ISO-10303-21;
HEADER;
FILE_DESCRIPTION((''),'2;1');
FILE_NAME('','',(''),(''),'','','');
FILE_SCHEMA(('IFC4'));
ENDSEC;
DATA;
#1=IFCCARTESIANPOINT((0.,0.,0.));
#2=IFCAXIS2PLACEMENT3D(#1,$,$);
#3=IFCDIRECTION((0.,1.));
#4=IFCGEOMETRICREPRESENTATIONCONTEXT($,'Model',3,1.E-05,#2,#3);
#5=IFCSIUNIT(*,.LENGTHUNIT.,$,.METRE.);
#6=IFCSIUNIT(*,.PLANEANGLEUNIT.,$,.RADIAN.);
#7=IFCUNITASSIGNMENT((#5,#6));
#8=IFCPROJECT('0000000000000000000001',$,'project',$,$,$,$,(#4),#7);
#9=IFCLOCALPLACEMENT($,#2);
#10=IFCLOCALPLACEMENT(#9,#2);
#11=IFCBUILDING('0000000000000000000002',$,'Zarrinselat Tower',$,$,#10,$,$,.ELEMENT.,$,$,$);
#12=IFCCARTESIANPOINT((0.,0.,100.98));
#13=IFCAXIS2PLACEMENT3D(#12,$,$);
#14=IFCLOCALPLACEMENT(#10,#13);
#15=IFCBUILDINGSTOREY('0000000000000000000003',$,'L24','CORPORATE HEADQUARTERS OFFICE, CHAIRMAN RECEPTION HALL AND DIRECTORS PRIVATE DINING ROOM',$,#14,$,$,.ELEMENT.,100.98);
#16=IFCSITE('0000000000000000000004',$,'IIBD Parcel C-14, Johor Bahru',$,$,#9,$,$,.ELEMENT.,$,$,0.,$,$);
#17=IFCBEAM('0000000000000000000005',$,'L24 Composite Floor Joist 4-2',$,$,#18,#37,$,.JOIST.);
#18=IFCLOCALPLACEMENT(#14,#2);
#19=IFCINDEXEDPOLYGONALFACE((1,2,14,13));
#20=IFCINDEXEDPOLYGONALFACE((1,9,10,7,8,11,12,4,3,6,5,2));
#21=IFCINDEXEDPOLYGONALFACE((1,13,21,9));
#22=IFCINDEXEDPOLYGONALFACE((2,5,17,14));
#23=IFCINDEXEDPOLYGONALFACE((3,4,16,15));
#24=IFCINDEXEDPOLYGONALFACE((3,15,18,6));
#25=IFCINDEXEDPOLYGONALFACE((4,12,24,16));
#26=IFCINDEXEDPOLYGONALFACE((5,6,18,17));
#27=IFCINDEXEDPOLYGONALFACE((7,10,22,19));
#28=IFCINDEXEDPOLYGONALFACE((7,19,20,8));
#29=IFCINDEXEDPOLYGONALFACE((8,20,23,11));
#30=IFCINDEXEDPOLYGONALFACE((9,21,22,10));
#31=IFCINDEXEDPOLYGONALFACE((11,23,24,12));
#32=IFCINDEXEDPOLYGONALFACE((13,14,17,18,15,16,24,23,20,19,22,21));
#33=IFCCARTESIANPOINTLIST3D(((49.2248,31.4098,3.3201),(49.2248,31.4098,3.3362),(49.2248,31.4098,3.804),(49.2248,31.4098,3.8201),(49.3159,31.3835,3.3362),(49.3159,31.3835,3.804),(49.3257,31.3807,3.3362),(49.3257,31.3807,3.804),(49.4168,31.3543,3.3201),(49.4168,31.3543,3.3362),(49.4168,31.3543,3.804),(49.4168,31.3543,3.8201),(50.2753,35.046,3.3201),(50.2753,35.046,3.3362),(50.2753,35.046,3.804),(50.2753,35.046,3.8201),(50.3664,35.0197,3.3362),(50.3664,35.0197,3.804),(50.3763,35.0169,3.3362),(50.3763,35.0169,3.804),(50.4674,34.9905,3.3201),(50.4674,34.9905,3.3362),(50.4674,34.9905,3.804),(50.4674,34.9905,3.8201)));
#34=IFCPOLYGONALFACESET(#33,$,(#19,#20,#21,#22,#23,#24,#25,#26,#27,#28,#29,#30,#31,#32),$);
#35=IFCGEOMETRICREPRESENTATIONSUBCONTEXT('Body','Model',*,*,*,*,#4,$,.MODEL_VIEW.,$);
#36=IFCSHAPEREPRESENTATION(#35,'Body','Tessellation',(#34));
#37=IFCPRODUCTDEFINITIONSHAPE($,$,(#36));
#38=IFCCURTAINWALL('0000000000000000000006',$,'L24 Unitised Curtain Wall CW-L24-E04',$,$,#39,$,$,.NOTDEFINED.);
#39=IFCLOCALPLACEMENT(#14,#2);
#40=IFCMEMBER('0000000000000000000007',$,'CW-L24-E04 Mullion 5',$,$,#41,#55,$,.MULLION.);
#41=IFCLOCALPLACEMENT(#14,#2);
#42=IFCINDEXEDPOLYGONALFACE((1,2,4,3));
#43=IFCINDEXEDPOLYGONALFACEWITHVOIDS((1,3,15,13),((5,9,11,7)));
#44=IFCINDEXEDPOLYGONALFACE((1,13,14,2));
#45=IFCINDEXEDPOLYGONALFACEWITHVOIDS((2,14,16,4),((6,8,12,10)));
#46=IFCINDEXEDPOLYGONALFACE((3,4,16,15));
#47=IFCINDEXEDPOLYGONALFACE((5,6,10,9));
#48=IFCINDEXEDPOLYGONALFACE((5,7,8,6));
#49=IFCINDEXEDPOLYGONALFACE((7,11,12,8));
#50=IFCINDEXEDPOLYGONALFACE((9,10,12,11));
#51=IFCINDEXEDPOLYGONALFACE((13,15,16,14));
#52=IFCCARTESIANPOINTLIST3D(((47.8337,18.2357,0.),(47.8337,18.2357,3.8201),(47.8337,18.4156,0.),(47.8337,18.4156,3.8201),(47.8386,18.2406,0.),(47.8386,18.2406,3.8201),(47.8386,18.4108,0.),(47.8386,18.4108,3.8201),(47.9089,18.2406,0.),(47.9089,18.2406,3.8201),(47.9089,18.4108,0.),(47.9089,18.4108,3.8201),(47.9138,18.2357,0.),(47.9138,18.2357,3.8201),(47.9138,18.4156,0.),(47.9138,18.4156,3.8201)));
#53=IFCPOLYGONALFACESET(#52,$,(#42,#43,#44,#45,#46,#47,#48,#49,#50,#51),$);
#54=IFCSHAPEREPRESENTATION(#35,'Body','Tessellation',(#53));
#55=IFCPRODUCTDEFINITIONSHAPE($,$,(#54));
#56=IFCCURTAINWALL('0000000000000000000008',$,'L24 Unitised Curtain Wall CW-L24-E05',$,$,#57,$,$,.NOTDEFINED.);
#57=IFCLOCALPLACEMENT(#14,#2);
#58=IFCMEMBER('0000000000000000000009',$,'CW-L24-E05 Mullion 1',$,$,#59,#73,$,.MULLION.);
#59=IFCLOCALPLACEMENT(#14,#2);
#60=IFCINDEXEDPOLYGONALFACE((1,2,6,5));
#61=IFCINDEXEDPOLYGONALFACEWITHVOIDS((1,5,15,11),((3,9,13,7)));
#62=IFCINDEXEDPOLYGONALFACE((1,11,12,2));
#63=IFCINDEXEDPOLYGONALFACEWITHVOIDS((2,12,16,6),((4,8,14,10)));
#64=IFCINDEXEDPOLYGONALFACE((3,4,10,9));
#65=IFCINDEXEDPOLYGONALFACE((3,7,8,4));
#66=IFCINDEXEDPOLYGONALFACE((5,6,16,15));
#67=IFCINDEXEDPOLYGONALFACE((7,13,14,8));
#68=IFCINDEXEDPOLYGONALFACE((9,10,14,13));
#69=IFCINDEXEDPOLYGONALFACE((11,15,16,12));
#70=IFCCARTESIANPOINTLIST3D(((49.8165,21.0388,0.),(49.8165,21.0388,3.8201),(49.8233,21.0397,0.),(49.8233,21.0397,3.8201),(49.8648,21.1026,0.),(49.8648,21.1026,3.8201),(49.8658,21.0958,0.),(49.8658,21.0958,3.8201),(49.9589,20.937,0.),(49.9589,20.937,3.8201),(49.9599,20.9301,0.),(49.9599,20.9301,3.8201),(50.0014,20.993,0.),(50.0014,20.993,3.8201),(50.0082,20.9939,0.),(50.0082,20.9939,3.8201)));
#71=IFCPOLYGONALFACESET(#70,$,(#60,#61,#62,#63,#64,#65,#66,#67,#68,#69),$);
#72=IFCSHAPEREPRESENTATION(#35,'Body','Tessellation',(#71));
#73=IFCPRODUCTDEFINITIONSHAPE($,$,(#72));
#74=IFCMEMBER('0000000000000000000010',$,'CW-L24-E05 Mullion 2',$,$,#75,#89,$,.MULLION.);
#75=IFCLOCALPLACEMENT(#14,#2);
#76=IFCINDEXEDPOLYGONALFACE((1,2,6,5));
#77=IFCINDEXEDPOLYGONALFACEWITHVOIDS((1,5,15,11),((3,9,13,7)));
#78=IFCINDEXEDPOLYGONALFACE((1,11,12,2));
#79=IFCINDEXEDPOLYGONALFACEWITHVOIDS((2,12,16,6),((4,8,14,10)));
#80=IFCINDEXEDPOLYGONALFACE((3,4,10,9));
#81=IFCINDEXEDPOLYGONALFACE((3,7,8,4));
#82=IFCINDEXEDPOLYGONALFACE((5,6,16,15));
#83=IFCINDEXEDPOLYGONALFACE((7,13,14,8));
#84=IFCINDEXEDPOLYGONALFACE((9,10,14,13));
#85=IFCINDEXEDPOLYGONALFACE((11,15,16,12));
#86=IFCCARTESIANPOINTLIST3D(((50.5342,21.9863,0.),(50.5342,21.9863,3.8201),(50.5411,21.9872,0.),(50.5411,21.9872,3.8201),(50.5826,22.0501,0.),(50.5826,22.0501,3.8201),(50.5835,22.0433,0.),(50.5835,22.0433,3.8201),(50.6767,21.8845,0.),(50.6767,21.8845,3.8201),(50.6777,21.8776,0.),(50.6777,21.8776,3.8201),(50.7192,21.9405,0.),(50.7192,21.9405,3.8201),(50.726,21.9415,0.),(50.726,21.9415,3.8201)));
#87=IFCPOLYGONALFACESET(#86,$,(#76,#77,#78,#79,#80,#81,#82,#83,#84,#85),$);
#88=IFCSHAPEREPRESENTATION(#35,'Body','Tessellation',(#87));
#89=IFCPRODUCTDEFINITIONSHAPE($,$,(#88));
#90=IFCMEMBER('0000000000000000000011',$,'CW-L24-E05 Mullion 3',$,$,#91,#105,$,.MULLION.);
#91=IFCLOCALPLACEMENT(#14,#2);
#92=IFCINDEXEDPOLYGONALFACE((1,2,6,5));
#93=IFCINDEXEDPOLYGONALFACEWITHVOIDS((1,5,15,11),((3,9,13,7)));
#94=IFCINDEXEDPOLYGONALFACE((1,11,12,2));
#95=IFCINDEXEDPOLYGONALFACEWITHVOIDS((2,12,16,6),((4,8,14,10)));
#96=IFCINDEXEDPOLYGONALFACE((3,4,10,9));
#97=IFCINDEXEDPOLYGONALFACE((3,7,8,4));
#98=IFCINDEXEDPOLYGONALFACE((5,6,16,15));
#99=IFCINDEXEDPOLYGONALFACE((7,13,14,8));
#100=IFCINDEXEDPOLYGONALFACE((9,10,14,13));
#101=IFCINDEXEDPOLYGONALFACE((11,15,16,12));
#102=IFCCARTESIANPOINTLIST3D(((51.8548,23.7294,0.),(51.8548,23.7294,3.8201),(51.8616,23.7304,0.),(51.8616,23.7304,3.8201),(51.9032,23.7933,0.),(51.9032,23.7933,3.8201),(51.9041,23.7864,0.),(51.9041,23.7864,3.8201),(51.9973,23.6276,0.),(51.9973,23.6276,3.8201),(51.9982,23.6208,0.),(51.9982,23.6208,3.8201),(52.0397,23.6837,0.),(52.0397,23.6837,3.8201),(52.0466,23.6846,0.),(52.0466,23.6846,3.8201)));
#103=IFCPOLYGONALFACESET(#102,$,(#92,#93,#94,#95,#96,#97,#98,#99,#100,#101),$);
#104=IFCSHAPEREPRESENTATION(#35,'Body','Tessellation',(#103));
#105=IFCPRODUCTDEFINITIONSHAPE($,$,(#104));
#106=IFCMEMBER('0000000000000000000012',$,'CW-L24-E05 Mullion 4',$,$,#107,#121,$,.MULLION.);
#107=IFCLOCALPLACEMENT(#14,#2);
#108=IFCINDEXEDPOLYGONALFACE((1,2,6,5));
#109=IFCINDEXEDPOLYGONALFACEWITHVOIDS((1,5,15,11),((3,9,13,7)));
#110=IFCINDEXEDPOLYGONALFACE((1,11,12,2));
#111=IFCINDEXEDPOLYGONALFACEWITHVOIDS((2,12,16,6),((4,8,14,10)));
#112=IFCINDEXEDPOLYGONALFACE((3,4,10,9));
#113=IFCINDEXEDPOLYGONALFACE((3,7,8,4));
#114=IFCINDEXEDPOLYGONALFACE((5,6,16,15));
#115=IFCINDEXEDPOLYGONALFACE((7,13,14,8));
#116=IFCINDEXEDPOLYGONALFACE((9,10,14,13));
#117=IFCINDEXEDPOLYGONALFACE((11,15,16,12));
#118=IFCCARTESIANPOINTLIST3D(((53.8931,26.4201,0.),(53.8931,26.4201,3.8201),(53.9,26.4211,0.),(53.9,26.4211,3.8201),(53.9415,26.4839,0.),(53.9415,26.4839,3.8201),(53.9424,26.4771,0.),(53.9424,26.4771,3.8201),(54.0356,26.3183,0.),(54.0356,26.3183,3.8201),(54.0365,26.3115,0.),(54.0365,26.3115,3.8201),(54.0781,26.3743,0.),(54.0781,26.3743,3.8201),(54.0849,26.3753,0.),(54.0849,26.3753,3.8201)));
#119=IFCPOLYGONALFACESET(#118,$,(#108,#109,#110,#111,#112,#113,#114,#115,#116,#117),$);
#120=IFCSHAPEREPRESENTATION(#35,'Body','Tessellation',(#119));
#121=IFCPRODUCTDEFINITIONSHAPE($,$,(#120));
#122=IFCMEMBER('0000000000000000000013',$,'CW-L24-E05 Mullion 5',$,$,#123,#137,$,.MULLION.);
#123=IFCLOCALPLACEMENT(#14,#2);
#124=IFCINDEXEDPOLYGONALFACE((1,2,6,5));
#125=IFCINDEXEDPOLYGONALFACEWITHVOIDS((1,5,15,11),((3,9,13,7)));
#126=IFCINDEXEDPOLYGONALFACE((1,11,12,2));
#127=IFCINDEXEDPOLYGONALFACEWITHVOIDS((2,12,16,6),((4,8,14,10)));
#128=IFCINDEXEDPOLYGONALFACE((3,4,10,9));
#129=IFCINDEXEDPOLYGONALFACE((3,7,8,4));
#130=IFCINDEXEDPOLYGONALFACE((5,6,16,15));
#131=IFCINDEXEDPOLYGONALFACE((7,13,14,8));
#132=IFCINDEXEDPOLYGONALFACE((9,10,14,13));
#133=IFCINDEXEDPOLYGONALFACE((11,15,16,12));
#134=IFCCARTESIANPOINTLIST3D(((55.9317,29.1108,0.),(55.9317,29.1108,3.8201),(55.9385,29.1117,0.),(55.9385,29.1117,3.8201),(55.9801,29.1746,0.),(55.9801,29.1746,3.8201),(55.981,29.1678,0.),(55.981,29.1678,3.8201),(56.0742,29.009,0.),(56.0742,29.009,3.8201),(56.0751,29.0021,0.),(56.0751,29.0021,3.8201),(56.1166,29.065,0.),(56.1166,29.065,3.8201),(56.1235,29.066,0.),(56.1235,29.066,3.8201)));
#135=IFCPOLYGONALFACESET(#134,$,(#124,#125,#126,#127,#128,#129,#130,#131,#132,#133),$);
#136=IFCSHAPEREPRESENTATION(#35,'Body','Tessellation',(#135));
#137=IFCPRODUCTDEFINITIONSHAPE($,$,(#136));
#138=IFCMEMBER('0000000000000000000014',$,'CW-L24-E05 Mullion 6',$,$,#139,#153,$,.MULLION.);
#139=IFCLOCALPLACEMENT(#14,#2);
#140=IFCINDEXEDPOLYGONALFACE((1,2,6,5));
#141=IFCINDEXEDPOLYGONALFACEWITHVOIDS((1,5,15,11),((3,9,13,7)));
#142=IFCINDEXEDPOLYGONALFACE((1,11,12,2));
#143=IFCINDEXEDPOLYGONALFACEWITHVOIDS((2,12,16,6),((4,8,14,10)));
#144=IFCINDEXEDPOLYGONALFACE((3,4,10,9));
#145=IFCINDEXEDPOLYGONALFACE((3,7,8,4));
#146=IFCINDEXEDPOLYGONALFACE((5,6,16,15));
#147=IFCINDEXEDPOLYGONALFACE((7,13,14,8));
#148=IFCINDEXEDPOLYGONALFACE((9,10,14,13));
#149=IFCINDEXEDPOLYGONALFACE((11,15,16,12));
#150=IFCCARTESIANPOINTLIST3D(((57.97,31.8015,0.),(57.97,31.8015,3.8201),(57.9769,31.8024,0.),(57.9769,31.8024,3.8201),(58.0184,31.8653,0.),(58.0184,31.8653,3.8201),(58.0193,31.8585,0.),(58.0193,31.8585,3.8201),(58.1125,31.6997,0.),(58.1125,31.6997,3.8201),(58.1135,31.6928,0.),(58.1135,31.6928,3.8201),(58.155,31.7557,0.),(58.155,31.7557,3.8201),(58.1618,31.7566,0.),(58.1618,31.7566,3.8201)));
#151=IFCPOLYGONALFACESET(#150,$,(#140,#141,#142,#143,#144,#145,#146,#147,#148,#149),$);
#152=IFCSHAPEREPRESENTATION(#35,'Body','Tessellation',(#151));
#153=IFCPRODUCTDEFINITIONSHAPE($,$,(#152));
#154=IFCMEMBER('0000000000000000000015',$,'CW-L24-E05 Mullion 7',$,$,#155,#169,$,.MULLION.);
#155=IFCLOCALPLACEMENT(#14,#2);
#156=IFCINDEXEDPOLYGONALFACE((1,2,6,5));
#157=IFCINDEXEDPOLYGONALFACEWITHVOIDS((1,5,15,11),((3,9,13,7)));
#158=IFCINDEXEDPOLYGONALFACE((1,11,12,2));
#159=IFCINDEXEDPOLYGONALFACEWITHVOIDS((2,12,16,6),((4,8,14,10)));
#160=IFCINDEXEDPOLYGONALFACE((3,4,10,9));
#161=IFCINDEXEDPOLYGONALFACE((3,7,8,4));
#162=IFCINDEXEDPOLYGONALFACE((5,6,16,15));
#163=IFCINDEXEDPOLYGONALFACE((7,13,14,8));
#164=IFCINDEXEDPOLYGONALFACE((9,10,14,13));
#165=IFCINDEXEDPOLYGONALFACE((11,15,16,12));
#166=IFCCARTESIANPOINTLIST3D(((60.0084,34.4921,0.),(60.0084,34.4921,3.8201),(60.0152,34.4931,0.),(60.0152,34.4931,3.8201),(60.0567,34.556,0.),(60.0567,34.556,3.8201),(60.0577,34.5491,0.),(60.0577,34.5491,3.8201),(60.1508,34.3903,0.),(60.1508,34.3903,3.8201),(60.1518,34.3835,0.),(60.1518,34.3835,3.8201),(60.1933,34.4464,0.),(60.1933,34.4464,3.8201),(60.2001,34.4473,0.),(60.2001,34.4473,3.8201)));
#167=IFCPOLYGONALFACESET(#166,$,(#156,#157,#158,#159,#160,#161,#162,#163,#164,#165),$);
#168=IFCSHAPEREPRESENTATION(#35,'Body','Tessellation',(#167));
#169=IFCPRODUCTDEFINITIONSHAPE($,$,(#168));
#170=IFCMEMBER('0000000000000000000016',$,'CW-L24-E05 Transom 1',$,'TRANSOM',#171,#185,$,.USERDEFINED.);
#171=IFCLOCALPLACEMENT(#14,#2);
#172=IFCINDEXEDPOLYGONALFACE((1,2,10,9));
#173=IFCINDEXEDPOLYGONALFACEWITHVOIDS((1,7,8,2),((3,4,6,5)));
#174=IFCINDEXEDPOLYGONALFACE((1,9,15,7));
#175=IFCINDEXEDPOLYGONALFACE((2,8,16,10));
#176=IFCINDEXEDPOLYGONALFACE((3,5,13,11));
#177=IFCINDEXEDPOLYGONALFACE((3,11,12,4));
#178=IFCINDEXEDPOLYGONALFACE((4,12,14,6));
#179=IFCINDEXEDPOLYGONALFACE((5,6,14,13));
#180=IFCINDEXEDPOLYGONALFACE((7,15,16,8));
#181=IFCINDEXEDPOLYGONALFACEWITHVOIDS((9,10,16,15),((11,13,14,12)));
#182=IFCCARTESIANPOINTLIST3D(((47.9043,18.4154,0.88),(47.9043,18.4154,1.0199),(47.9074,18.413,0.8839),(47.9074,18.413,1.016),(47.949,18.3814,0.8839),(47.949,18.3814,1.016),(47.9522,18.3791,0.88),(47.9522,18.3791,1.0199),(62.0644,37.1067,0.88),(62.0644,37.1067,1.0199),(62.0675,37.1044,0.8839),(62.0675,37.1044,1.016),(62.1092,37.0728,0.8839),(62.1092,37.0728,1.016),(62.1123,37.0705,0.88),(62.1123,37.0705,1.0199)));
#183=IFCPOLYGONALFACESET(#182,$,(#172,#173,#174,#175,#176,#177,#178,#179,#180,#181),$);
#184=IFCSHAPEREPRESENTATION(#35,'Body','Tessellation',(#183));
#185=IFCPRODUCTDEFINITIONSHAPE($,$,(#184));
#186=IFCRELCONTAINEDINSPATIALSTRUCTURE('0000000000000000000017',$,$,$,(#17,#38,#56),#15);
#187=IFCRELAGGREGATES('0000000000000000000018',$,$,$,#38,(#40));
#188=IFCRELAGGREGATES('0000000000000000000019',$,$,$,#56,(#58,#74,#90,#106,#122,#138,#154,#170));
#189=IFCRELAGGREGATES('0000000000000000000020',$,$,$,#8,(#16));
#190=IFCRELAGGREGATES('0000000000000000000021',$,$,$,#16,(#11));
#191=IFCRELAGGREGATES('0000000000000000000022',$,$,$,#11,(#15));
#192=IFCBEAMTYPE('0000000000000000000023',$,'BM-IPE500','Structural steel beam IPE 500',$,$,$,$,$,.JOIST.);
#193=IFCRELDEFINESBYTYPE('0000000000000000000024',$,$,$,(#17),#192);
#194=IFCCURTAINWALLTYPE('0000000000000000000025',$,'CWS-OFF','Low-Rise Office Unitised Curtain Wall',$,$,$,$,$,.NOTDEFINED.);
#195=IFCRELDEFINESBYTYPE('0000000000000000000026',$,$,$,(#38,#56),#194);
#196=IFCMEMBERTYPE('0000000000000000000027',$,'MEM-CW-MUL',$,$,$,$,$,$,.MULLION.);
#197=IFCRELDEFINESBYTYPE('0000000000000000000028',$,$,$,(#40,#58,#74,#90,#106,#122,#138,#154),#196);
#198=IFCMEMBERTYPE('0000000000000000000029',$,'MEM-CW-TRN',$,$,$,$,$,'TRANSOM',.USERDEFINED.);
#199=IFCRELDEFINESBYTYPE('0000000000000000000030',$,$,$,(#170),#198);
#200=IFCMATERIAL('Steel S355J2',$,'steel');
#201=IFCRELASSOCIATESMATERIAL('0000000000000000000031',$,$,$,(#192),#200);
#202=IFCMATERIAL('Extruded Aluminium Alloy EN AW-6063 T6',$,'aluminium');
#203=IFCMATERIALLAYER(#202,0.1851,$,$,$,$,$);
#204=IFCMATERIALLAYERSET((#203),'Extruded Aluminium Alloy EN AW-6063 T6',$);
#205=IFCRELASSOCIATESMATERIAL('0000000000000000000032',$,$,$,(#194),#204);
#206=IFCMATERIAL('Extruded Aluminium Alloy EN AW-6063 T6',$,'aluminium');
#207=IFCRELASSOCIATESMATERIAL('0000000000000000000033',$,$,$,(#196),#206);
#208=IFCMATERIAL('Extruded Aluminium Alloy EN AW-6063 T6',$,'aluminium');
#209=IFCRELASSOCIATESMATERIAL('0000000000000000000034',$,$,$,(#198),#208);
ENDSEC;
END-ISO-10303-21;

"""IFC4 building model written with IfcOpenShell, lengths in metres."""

from ifc_helpers import new_model, si_unit, direction, frame, origin, origin_2d, place, context, subcontext, project, spatial, hollow_rectangle, i_section, extrude, material, layer, layer_set, material_profile, profile_set, type_object, element, aggregate, save


model = new_model("IFC4")

# Units and contexts
model_context = context("Model", 3, precision=1e-05, world=origin(), true_north=direction((0.0, 1.0)))
body_context = subcontext(model_context, "Body", "Model", "MODEL_VIEW")
ifc_project = project(units=[si_unit("LENGTHUNIT", "METRE"), si_unit("PLANEANGLEUNIT", "RADIAN")], contexts=[model_context])

# Site, building, storey
site_placement = place(None, origin())
site = spatial("IfcSite", under=ifc_project, at=site_placement, Name="IIBD Parcel C-14, Johor Bahru", CompositionType="ELEMENT", RefElevation=0.0)
building_placement = place(site_placement, origin())
building = spatial("IfcBuilding", under=site, at=building_placement, Name="Zarrinselat Tower", CompositionType="ELEMENT")
storey_placement = place(building_placement, frame((0.0, 0.0, 100.98)))
storey = spatial("IfcBuildingStorey", under=building, at=storey_placement, Name="L24", Description="CORPORATE HEADQUARTERS OFFICE, CHAIRMAN RECEPTION HALL AND DIRECTORS PRIVATE DINING ROOM", CompositionType="ELEMENT", Elevation=100.98)

# Beam
ifc_material_1 = material(Name="Steel S355J2", Category="steel")
ifc_material_profile_1 = material_profile(ifc_material_1, i_section(OverallWidth=0.2, OverallDepth=0.5, WebThickness=0.0103, FlangeThickness=0.0161, at=origin_2d()), Name="IPE 500")
ifc_profile_set_1 = profile_set([ifc_material_profile_1], Name="Steel S355J2")
beam_type_1 = type_object("IfcBeamType", Name="BM-IPE500", Description="Structural steel beam IPE 500", PredefinedType="JOIST", material=ifc_profile_set_1)
beam_1_placement = place(storey_placement, frame((49.3208, 31.3821, 3.5701), z_axis=(0.277557, 0.960709, 0.0), x_axis=(-0.960709, 0.277557, 0.0)))
element("IfcBeam", 1, at=beam_1_placement, inside=storey, type_object=beam_type_1, Name="L24 Composite Floor Joist 4-2", PredefinedType="JOIST", context=body_context, shape_type="SweptSolid", body=[
    extrude(i_section(OverallWidth=0.2, OverallDepth=0.5, WebThickness=0.0103, FlangeThickness=0.0161, at=origin_2d()), origin(), (0.0, 0.0, 1.0), 3.7849),
])

# Curtain wall, member
ifc_material_2 = material(Name="Extruded Aluminium Alloy EN AW-6063 T6", Category="aluminium")
ifc_layer_1 = layer(ifc_material_2, 0.1851)
ifc_layer_set_1 = layer_set([ifc_layer_1], Name="Extruded Aluminium Alloy EN AW-6063 T6")
curtain_wall_type = type_object("IfcCurtainWallType", Name="CWS-OFF", Description="Low-Rise Office Unitised Curtain Wall", PredefinedType="NOTDEFINED", material=ifc_layer_set_1)
curtain_wall_1_placement = place(storey_placement, origin())
curtain_wall_1 = element("IfcCurtainWall", 2, at=curtain_wall_1_placement, inside=storey, type_object=curtain_wall_type, Name="L24 Unitised Curtain Wall CW-L24-E04", PredefinedType="NOTDEFINED")
ifc_material_3 = material(Name="Extruded Aluminium Alloy EN AW-6063 T6", Category="aluminium")
ifc_material_profile_2 = material_profile(ifc_material_3, hollow_rectangle(XDim=0.0801, YDim=0.1799, WallThickness=0.0049, at=origin_2d()), Name="RHS 180x80x5")
ifc_profile_set_2 = profile_set([ifc_material_profile_2], Name="Extruded Aluminium Alloy EN AW-6063 T6")
member_type_1 = type_object("IfcMemberType", Name="MEM-CW-MUL", PredefinedType="MULLION", material=ifc_profile_set_2)
member_1_placement = place(storey_placement, frame((47.8738, 18.3257, 0.0), z_axis=(0.0, 0.0, 1.0), x_axis=(1.0, 0.0, 0.0)))
member_1 = element("IfcMember", 3, at=member_1_placement, type_object=member_type_1, Name="CW-L24-E04 Mullion 5", PredefinedType="MULLION", context=body_context, shape_type="SweptSolid", body=[
    extrude(hollow_rectangle(XDim=0.0801, YDim=0.1799, WallThickness=0.0049, at=origin_2d()), origin(), (0.0, 0.0, 1.0), 3.8201),
])
aggregate(curtain_wall_1, [member_1])

# Curtain wall, members
curtain_wall_2_placement = place(storey_placement, origin())
curtain_wall_2 = element("IfcCurtainWall", 4, at=curtain_wall_2_placement, inside=storey, type_object=curtain_wall_type, Name="L24 Unitised Curtain Wall CW-L24-E05", PredefinedType="NOTDEFINED")
member_2_placement = place(storey_placement, frame((49.9124, 21.0164, 0.0), z_axis=(0.0, 0.0, 1.0), x_axis=(0.603858, 0.797092, 0.0)))
member_2 = element("IfcMember", 5, at=member_2_placement, type_object=member_type_1, Name="CW-L24-E05 Mullion 1", PredefinedType="MULLION", context=body_context, shape_type="SweptSolid", body=[
    extrude(hollow_rectangle(XDim=0.0801, YDim=0.1799, WallThickness=0.0049, at=origin_2d()), origin(), (0.0, 0.0, 1.0), 3.8201),
])
member_3_placement = place(storey_placement, frame((50.6301, 21.9639, 0.0), z_axis=(0.0, 0.0, 1.0), x_axis=(0.603858, 0.797092, 0.0)))
member_3 = element("IfcMember", 6, at=member_3_placement, type_object=member_type_1, Name="CW-L24-E05 Mullion 2", PredefinedType="MULLION", context=body_context, shape_type="SweptSolid", body=[
    extrude(hollow_rectangle(XDim=0.0801, YDim=0.1799, WallThickness=0.0049, at=origin_2d()), origin(), (0.0, 0.0, 1.0), 3.8201),
])
member_4_placement = place(storey_placement, frame((51.9507, 23.707, 0.0), z_axis=(0.0, 0.0, 1.0), x_axis=(0.603858, 0.797092, 0.0)))
member_4 = element("IfcMember", 7, at=member_4_placement, type_object=member_type_1, Name="CW-L24-E05 Mullion 3", PredefinedType="MULLION", context=body_context, shape_type="SweptSolid", body=[
    extrude(hollow_rectangle(XDim=0.0801, YDim=0.1799, WallThickness=0.0049, at=origin_2d()), origin(), (0.0, 0.0, 1.0), 3.8201),
])
member_5_placement = place(storey_placement, frame((53.989, 26.3977, 0.0), z_axis=(0.0, 0.0, 1.0), x_axis=(0.603858, 0.797092, 0.0)))
member_5 = element("IfcMember", 8, at=member_5_placement, type_object=member_type_1, Name="CW-L24-E05 Mullion 4", PredefinedType="MULLION", context=body_context, shape_type="SweptSolid", body=[
    extrude(hollow_rectangle(XDim=0.0801, YDim=0.1799, WallThickness=0.0049, at=origin_2d()), origin(), (0.0, 0.0, 1.0), 3.8201),
])
member_6_placement = place(storey_placement, frame((56.0276, 29.0884, 0.0), z_axis=(0.0, 0.0, 1.0), x_axis=(0.603858, 0.797092, 0.0)))
member_6 = element("IfcMember", 9, at=member_6_placement, type_object=member_type_1, Name="CW-L24-E05 Mullion 5", PredefinedType="MULLION", context=body_context, shape_type="SweptSolid", body=[
    extrude(hollow_rectangle(XDim=0.0801, YDim=0.1799, WallThickness=0.0049, at=origin_2d()), origin(), (0.0, 0.0, 1.0), 3.8201),
])
member_7_placement = place(storey_placement, frame((58.0659, 31.7791, 0.0), z_axis=(0.0, 0.0, 1.0), x_axis=(0.603858, 0.797092, 0.0)))
member_7 = element("IfcMember", 10, at=member_7_placement, type_object=member_type_1, Name="CW-L24-E05 Mullion 6", PredefinedType="MULLION", context=body_context, shape_type="SweptSolid", body=[
    extrude(hollow_rectangle(XDim=0.0801, YDim=0.1799, WallThickness=0.0049, at=origin_2d()), origin(), (0.0, 0.0, 1.0), 3.8201),
])
member_8_placement = place(storey_placement, frame((60.1042, 34.4697, 0.0), z_axis=(0.0, 0.0, 1.0), x_axis=(0.603858, 0.797092, 0.0)))
member_8 = element("IfcMember", 11, at=member_8_placement, type_object=member_type_1, Name="CW-L24-E05 Mullion 7", PredefinedType="MULLION", context=body_context, shape_type="SweptSolid", body=[
    extrude(hollow_rectangle(XDim=0.0801, YDim=0.1799, WallThickness=0.0049, at=origin_2d()), origin(), (0.0, 0.0, 1.0), 3.8201),
])
ifc_material_4 = material(Name="Extruded Aluminium Alloy EN AW-6063 T6", Category="aluminium")
ifc_material_profile_3 = material_profile(ifc_material_4, hollow_rectangle(XDim=0.0601, YDim=0.1399, WallThickness=0.0039, at=origin_2d()), Name="RHS 140x60x4")
ifc_profile_set_3 = profile_set([ifc_material_profile_3], Name="Extruded Aluminium Alloy EN AW-6063 T6")
member_type_2 = type_object("IfcMemberType", Name="MEM-CW-TRN", ElementType="TRANSOM", PredefinedType="USERDEFINED", material=ifc_profile_set_3)
member_9_placement = place(storey_placement, frame((47.9282, 18.3972, 0.95), z_axis=(0.603858, 0.797092, 0.0), x_axis=(-0.797092, 0.603858, 0.0)))
member_9 = element("IfcMember", 12, at=member_9_placement, type_object=member_type_2, Name="CW-L24-E05 Transom 1", ObjectType="TRANSOM", PredefinedType="USERDEFINED", context=body_context, shape_type="SweptSolid", body=[
    extrude(hollow_rectangle(XDim=0.0601, YDim=0.1399, WallThickness=0.0039, at=origin_2d()), origin(), (0.0, 0.0, 1.0), 23.4495),
])
aggregate(curtain_wall_2, [member_2, member_3, member_4, member_5, member_6, member_7, member_8, member_9])

save(model, "model.ifc")
